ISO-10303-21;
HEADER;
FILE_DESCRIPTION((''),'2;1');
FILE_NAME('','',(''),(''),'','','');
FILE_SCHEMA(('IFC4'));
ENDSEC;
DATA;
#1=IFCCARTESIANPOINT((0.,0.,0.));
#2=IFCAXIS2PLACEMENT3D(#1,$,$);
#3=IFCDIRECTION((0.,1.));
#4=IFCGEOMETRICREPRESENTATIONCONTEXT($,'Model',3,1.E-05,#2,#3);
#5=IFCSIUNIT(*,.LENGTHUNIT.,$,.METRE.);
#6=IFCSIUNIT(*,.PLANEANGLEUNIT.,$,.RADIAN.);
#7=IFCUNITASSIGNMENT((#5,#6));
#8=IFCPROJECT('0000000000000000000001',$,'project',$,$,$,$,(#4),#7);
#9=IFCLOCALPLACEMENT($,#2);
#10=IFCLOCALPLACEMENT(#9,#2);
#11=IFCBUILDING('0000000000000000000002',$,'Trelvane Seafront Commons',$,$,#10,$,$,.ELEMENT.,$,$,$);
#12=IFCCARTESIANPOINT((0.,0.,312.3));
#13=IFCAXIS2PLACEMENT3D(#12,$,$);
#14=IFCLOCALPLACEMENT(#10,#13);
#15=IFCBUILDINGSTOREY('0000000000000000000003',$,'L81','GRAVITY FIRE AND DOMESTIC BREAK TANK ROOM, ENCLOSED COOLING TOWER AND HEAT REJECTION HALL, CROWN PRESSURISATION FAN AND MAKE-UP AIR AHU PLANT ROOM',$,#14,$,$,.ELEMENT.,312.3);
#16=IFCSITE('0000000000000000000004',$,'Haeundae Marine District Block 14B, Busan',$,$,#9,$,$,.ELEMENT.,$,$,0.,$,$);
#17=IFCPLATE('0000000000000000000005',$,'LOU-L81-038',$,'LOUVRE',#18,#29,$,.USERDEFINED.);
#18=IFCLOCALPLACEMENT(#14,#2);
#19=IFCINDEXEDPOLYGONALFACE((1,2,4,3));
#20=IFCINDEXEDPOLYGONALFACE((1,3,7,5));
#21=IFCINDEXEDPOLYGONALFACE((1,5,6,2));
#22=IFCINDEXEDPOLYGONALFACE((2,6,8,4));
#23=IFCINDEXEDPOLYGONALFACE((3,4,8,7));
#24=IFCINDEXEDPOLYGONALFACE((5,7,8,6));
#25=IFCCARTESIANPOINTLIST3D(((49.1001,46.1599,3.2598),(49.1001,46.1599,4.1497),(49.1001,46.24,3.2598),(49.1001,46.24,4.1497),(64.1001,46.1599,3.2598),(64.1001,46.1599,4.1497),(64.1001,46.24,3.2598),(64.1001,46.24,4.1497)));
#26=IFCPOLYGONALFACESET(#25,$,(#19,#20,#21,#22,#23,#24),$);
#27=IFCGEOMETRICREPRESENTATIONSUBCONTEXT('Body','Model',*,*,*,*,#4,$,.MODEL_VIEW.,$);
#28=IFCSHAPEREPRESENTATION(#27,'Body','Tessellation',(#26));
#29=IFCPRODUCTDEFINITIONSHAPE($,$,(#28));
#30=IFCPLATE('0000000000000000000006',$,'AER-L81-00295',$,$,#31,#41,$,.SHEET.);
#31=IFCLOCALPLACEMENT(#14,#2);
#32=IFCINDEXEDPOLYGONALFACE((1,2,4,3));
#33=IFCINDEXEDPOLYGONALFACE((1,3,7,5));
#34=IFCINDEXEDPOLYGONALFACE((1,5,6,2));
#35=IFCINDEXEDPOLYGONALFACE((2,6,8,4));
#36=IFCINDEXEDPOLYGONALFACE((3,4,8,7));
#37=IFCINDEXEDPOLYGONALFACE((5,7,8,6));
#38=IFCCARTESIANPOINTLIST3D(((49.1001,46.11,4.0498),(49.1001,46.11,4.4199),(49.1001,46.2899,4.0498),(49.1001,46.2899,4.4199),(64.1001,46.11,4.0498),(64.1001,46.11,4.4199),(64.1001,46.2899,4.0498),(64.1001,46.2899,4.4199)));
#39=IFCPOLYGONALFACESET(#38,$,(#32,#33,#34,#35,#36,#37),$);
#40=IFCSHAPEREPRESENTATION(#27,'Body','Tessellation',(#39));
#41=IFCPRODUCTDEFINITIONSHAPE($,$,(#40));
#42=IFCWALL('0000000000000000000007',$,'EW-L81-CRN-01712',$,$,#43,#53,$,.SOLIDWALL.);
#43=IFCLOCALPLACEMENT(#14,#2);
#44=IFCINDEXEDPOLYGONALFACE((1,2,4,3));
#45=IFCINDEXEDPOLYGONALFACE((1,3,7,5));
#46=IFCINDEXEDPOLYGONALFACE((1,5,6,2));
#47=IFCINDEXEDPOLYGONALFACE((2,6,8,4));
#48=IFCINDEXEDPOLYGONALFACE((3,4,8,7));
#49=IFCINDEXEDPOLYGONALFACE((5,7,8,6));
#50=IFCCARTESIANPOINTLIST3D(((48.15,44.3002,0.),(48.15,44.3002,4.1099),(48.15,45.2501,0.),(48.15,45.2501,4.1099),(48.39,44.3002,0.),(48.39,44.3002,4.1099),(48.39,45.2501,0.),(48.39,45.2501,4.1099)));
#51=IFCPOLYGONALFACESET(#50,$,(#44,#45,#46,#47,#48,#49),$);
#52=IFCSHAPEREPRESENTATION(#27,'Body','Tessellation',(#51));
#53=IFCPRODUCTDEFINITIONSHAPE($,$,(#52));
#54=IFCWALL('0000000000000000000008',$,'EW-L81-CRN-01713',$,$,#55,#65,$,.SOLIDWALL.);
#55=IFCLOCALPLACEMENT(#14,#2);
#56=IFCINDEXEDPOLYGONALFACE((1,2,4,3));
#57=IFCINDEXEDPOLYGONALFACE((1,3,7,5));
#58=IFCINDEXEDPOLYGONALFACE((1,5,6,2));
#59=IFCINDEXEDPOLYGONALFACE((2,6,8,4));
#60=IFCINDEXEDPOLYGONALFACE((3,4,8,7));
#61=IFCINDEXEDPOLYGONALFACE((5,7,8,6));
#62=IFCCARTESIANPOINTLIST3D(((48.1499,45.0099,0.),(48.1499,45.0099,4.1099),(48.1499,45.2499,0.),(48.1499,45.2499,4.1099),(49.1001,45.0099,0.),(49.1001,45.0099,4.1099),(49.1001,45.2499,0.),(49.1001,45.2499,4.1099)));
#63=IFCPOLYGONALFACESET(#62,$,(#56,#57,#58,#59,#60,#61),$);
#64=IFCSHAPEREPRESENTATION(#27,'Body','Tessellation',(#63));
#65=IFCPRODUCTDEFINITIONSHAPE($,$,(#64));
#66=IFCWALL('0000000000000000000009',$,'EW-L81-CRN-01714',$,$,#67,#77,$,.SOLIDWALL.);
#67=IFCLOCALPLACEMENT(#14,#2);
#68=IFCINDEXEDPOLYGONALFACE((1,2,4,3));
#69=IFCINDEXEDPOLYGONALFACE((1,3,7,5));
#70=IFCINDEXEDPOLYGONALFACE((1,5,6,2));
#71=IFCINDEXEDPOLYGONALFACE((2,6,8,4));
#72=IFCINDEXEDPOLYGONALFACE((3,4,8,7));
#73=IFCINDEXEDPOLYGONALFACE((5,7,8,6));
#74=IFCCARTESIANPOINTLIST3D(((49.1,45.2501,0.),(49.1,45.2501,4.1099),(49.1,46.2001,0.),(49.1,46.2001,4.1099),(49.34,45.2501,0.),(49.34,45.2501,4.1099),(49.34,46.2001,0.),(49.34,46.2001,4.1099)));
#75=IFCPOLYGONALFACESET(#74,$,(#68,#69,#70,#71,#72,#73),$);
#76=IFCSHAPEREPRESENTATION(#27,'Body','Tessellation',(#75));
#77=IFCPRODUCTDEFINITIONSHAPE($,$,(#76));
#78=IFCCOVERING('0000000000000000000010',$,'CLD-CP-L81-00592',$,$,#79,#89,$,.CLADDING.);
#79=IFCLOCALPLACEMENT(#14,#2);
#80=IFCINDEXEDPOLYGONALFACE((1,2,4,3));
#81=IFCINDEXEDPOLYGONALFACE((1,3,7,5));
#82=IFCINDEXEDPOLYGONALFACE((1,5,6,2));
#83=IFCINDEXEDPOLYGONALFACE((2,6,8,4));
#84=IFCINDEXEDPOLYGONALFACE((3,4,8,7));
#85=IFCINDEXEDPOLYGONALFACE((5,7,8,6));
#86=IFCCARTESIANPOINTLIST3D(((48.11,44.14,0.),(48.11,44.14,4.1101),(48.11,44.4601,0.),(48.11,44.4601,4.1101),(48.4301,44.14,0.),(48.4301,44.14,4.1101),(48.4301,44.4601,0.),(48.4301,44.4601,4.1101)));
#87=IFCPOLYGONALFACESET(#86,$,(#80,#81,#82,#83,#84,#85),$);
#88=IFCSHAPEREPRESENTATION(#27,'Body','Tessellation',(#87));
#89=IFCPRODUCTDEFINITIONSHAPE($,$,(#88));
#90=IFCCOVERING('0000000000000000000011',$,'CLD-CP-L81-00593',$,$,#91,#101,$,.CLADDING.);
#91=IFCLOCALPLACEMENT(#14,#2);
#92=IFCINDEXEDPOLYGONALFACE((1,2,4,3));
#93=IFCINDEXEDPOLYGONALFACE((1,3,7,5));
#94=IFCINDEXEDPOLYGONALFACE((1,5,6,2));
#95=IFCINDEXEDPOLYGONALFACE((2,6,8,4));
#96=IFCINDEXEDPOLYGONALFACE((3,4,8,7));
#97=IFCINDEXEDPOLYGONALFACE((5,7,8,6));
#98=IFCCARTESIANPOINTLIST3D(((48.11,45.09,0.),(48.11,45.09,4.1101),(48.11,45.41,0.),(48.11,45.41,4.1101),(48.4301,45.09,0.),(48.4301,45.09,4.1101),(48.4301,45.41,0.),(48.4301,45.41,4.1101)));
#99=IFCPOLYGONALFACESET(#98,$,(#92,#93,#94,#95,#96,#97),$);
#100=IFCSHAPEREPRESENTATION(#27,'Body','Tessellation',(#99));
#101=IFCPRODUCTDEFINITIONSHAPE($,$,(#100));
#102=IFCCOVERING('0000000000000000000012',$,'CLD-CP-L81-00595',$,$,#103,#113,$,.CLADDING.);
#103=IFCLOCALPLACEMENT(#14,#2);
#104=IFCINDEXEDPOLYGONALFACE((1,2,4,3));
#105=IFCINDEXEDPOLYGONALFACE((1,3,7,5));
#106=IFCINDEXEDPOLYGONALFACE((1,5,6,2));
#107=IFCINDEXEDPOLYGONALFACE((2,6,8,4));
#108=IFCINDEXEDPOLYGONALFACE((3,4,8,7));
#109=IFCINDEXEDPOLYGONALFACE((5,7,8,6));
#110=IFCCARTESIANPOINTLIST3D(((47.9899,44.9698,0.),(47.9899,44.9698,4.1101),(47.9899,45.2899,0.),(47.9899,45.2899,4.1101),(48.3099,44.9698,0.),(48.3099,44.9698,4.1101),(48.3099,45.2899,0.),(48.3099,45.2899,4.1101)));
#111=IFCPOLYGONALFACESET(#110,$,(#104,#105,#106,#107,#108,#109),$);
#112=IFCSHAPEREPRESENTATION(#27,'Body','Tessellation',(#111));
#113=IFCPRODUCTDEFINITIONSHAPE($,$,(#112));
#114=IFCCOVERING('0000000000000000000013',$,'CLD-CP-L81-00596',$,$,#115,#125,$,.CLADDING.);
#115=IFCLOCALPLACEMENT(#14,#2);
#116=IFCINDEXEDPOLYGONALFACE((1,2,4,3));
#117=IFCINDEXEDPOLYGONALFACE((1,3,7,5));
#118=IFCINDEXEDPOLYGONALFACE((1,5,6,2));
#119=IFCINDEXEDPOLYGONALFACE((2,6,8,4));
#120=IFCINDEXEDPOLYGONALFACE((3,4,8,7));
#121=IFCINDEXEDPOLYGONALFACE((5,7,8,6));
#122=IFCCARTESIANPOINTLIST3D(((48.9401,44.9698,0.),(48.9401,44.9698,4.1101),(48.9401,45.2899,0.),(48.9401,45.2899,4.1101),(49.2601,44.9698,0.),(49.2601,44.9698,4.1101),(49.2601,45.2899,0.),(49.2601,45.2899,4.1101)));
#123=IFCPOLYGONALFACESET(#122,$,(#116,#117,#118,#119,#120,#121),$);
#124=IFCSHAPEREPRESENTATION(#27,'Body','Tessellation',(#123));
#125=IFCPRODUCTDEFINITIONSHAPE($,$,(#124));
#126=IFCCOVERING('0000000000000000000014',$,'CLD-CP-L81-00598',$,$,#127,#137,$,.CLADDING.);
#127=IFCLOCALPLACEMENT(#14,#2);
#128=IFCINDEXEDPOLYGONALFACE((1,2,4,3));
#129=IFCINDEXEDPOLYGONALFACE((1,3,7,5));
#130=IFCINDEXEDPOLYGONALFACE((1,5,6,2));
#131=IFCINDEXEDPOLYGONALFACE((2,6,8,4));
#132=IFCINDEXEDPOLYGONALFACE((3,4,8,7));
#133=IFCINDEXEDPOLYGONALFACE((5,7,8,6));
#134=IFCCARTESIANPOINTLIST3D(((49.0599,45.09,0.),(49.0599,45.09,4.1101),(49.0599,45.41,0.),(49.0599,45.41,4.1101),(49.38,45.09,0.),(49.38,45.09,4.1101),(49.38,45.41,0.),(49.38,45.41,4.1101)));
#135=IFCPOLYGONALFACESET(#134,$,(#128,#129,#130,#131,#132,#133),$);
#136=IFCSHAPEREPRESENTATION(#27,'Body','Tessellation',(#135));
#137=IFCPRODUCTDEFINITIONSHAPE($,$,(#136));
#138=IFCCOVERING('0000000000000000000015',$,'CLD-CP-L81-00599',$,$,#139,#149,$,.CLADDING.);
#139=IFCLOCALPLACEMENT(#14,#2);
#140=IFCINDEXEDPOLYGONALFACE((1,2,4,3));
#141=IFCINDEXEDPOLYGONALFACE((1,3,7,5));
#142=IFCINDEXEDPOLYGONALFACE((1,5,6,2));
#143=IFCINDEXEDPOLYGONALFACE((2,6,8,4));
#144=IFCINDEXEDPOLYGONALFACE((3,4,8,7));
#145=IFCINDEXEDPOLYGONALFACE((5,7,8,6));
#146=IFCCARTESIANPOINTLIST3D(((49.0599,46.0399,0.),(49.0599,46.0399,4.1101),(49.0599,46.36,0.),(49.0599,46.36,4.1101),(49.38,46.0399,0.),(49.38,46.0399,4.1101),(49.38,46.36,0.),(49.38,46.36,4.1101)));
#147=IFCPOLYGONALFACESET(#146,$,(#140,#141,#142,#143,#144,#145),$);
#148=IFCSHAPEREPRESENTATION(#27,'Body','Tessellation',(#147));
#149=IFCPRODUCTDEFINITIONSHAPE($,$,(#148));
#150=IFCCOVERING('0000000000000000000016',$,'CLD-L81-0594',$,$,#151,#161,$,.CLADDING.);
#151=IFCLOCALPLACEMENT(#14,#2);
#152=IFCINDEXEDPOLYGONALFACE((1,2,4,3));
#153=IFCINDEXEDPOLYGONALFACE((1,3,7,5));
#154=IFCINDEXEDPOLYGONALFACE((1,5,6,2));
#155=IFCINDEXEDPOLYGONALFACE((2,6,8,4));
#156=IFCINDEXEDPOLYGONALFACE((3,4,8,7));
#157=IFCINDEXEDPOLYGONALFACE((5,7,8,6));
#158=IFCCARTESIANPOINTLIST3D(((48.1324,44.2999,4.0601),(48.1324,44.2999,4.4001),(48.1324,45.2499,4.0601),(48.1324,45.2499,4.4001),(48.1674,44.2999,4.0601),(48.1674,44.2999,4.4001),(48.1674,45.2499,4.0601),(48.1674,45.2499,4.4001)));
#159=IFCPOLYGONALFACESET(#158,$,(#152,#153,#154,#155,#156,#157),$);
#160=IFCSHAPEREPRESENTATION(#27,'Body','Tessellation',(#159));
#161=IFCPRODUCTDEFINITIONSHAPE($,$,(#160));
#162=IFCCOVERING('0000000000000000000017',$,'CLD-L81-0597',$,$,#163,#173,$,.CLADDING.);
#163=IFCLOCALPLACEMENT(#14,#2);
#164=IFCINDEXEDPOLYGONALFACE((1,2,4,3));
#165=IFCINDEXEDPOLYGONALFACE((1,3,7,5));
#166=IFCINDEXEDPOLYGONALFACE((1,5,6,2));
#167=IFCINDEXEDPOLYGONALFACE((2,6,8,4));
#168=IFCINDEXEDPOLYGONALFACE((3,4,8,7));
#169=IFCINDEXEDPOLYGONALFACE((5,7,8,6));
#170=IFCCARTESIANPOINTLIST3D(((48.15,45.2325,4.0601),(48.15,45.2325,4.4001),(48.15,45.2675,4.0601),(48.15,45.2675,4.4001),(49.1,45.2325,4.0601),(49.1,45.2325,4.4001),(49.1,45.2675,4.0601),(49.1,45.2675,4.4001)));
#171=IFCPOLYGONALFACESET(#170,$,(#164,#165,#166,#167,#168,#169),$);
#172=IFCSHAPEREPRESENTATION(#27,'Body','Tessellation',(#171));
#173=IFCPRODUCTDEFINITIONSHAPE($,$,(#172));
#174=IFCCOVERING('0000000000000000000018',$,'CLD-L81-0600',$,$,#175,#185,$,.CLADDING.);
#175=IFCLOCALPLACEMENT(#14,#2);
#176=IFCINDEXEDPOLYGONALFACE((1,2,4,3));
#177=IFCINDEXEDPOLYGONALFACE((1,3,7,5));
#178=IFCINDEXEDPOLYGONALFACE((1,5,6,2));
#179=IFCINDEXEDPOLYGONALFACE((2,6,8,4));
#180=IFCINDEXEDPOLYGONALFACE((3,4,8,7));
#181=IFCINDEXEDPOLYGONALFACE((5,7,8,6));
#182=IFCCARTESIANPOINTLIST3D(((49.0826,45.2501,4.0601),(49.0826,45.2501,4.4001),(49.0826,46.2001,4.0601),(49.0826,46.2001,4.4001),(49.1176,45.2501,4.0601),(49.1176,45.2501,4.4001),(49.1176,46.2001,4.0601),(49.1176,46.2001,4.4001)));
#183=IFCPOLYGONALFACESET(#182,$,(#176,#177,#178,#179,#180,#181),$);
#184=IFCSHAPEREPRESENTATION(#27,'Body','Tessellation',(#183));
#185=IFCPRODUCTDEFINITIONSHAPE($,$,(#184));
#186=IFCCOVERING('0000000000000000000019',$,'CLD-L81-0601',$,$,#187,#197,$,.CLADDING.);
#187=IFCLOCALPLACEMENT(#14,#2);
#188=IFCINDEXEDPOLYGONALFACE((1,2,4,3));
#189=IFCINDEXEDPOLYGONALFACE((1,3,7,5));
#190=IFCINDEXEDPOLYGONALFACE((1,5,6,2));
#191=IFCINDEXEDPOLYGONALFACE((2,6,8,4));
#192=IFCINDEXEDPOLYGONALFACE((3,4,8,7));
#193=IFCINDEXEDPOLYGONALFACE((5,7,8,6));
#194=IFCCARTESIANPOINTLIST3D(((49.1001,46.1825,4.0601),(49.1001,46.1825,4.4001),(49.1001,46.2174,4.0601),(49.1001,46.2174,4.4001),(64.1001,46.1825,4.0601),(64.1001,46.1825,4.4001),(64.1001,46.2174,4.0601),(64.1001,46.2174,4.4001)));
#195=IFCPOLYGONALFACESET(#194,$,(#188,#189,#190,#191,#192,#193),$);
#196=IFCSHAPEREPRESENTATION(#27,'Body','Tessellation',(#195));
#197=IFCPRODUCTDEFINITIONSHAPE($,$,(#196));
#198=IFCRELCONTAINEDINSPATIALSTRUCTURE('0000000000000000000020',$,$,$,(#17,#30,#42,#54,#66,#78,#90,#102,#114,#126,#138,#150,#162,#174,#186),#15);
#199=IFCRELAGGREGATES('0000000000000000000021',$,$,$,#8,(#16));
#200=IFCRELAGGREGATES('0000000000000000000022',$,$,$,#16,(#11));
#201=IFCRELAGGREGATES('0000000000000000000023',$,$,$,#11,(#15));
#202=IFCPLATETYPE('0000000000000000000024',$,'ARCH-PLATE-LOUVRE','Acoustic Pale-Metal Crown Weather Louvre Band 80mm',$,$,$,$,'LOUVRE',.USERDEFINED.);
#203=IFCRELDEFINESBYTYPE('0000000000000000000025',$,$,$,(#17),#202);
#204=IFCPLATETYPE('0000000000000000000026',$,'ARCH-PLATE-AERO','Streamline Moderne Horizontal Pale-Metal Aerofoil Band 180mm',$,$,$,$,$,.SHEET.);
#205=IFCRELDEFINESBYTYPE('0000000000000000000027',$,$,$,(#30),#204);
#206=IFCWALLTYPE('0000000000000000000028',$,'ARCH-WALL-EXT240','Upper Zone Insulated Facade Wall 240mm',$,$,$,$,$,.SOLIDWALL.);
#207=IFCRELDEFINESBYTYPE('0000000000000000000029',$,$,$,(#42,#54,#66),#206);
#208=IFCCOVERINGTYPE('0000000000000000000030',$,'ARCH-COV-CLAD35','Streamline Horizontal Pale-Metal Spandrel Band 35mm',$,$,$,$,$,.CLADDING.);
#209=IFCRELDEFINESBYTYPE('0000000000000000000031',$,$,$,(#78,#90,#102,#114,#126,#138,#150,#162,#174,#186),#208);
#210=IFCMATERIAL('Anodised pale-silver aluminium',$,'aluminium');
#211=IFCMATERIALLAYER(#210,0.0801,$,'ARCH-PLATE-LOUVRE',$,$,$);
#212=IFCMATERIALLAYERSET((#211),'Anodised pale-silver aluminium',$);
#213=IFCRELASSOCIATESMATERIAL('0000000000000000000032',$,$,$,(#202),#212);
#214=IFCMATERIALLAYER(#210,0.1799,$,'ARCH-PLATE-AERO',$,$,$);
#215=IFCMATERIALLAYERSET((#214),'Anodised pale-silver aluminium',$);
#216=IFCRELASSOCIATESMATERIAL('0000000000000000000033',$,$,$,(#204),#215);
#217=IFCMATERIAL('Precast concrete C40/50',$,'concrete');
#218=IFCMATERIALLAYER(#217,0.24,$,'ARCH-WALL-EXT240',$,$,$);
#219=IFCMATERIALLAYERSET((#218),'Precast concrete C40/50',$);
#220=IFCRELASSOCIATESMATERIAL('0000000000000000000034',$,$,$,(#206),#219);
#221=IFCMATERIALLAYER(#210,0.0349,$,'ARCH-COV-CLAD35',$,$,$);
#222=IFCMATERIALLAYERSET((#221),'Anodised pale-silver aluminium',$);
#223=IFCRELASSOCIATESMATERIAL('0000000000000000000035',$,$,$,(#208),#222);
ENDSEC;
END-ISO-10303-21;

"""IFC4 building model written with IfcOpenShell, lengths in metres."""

from ifc_helpers import new_model, si_unit, direction, frame, frame_2d, origin, origin_2d, place, context, subcontext, project, spatial, rectangle, extrude, source, transform, mapped, material, layer, layer_set, type_object, element, save


model = new_model("IFC4")

# Units and contexts
model_context = context("Model", 3, precision=1e-05, world=origin(), true_north=direction((0.0, 1.0)))
body_context = subcontext(model_context, "Body", "Model", "MODEL_VIEW")
ifc_project = project(units=[si_unit("LENGTHUNIT", "METRE"), si_unit("PLANEANGLEUNIT", "RADIAN")], contexts=[model_context])

# Site, building, storey
site_placement = place(None, origin())
site = spatial("IfcSite", under=ifc_project, at=site_placement, Name="Haeundae Marine District Block 14B, Busan", CompositionType="ELEMENT", RefElevation=0.0)
building_placement = place(site_placement, origin())
building = spatial("IfcBuilding", under=site, at=building_placement, Name="Trelvane Seafront Commons", CompositionType="ELEMENT")
storey_placement = place(building_placement, frame((0.0, 0.0, 312.3)))
storey = spatial("IfcBuildingStorey", under=building, at=storey_placement, Name="L81", Description="GRAVITY FIRE AND DOMESTIC BREAK TANK ROOM, ENCLOSED COOLING TOWER AND HEAT REJECTION HALL, CROWN PRESSURISATION FAN AND MAKE-UP AIR AHU PLANT ROOM", CompositionType="ELEMENT", Elevation=312.3)

# Shared definitions
ifc_material_1 = material(Name="Anodised pale-silver aluminium", Category="aluminium")

# Plates
ifc_layer_1 = layer(ifc_material_1, 0.0801, Name="ARCH-PLATE-LOUVRE")
ifc_layer_set_1 = layer_set([ifc_layer_1], Name="Anodised pale-silver aluminium")
plate_type_1 = type_object("IfcPlateType", Name="ARCH-PLATE-LOUVRE", Description="Acoustic Pale-Metal Crown Weather Louvre Band 80mm", ElementType="LOUVRE", PredefinedType="USERDEFINED", material=ifc_layer_set_1)
shared_shape_1 = source(origin(), body_context, "Body", "SweptSolid", [
    extrude(rectangle(XDim=15.0, YDim=0.0801, at=origin_2d()), origin(), (0.0, 0.0, 1.0), 0.8899),
])
plate_1_placement = place(storey_placement, frame((56.6001, 46.2, 3.2598), z_axis=(0.0, 0.0, 1.0), x_axis=(1.0, 0.0, 0.0)))
element("IfcPlate", 1, at=plate_1_placement, inside=storey, type_object=plate_type_1, Name="LOU-L81-038", ObjectType="LOUVRE", PredefinedType="USERDEFINED", context=body_context, shape_type="MappedRepresentation", body=[
    mapped(shared_shape_1, transform((0.0, 0.0, 0.0), x_axis=(1.0, 0.0, 0.0), y_axis=(0.0, 1.0, 0.0), z_axis=(0.0, 0.0, 1.0), scale=1.0)),
])
ifc_layer_2 = layer(ifc_material_1, 0.1799, Name="ARCH-PLATE-AERO")
ifc_layer_set_2 = layer_set([ifc_layer_2], Name="Anodised pale-silver aluminium")
plate_type_2 = type_object("IfcPlateType", Name="ARCH-PLATE-AERO", Description="Streamline Moderne Horizontal Pale-Metal Aerofoil Band 180mm", PredefinedType="SHEET", material=ifc_layer_set_2)
shared_shape_2 = source(origin(), body_context, "Body", "SweptSolid", [
    extrude(rectangle(XDim=15.0, YDim=0.1799, at=origin_2d()), origin(), (0.0, 0.0, 1.0), 0.3701),
])
plate_2_placement = place(storey_placement, frame((56.6001, 46.2, 4.0498), z_axis=(0.0, 0.0, 1.0), x_axis=(1.0, 0.0, 0.0)))
element("IfcPlate", 2, at=plate_2_placement, inside=storey, type_object=plate_type_2, Name="AER-L81-00295", PredefinedType="SHEET", context=body_context, shape_type="MappedRepresentation", body=[
    mapped(shared_shape_2, transform((0.0, 0.0, 0.0), x_axis=(1.0, 0.0, 0.0), y_axis=(0.0, 1.0, 0.0), z_axis=(0.0, 0.0, 1.0), scale=1.0)),
])

# Walls
ifc_material_2 = material(Name="Precast concrete C40/50", Category="concrete")
ifc_layer_3 = layer(ifc_material_2, 0.24, Name="ARCH-WALL-EXT240")
ifc_layer_set_3 = layer_set([ifc_layer_3], Name="Precast concrete C40/50")
wall_type = type_object("IfcWallType", Name="ARCH-WALL-EXT240", Description="Upper Zone Insulated Facade Wall 240mm", PredefinedType="SOLIDWALL", material=ifc_layer_set_3)
wall_1_placement = place(storey_placement, frame((48.27, 44.3, 0.0), z_axis=(0.0, 0.0, 1.0), x_axis=(0.0, 1.0, 0.0)))
element("IfcWall", 3, at=wall_1_placement, inside=storey, type_object=wall_type, Name="EW-L81-CRN-01712", PredefinedType="SOLIDWALL", context=body_context, shape_type="SweptSolid", body=[
    extrude(rectangle(XDim=0.95, YDim=0.24, at=frame_2d((0.4751, 0.0))), origin(), (0.0, 0.0, 1.0), 4.1099),
])
wall_2_placement = place(storey_placement, frame((48.1499, 45.1299, 0.0), z_axis=(0.0, 0.0, 1.0), x_axis=(1.0, 0.0, 0.0)))
element("IfcWall", 4, at=wall_2_placement, inside=storey, type_object=wall_type, Name="EW-L81-CRN-01713", PredefinedType="SOLIDWALL", context=body_context, shape_type="SweptSolid", body=[
    extrude(rectangle(XDim=0.9502, YDim=0.24, at=frame_2d((0.4751, 0.0))), origin(), (0.0, 0.0, 1.0), 4.1099),
])
wall_3_placement = place(storey_placement, frame((49.22, 45.25, 0.0), z_axis=(0.0, 0.0, 1.0), x_axis=(0.0, 1.0, 0.0)))
element("IfcWall", 5, at=wall_3_placement, inside=storey, type_object=wall_type, Name="EW-L81-CRN-01714", PredefinedType="SOLIDWALL", context=body_context, shape_type="SweptSolid", body=[
    extrude(rectangle(XDim=0.95, YDim=0.24, at=frame_2d((0.4751, 0.0))), origin(), (0.0, 0.0, 1.0), 4.1099),
])

# Coverings
ifc_layer_4 = layer(ifc_material_1, 0.0349, Name="ARCH-COV-CLAD35")
ifc_layer_set_4 = layer_set([ifc_layer_4], Name="Anodised pale-silver aluminium")
covering_type = type_object("IfcCoveringType", Name="ARCH-COV-CLAD35", Description="Streamline Horizontal Pale-Metal Spandrel Band 35mm", PredefinedType="CLADDING", material=ifc_layer_set_4)
shared_shape_3 = source(origin(), body_context, "Body", "SweptSolid", [
    extrude(rectangle(XDim=0.3201, YDim=0.3201, at=origin_2d()), origin(), (0.0, 0.0, 1.0), 4.1101),
])
for number, where, z_axis, x_axis, name in (
    (6, (48.27, 44.3, 0.0), (0.0, 0.0, 1.0), (1.0, 0.0, 0.0), "CLD-CP-L81-00592"),
    (7, (48.27, 45.25, 0.0), (0.0, 0.0, 1.0), (1.0, 0.0, 0.0), "CLD-CP-L81-00593"),
    (8, (48.1499, 45.1299, 0.0), (0.0, 0.0, 1.0), (1.0, 0.0, 0.0), "CLD-CP-L81-00595"),
    (9, (49.1001, 45.1299, 0.0), (0.0, 0.0, 1.0), (1.0, 0.0, 0.0), "CLD-CP-L81-00596"),
    (10, (49.22, 45.25, 0.0), (0.0, 0.0, 1.0), (1.0, 0.0, 0.0), "CLD-CP-L81-00598"),
    (11, (49.22, 46.2, 0.0), (0.0, 0.0, 1.0), (1.0, 0.0, 0.0), "CLD-CP-L81-00599"),
):
    element("IfcCovering", number, at=place(storey_placement, frame(where, z_axis=z_axis, x_axis=x_axis)), inside=storey, type_object=covering_type, Name=name, PredefinedType="CLADDING", context=body_context, shape_type="MappedRepresentation", body=[
        mapped(shared_shape_3, transform((0.0, 0.0, 0.0), x_axis=(1.0, 0.0, 0.0), y_axis=(0.0, 1.0, 0.0), z_axis=(0.0, 0.0, 1.0), scale=1.0)),
    ])
shared_shape_4 = source(origin(), body_context, "Body", "SweptSolid", [
    extrude(rectangle(XDim=0.95, YDim=0.0349, at=origin_2d()), origin(), (0.0, 0.0, 1.0), 0.3401),
])
for number, where, z_axis, x_axis, name in (
    (12, (48.1499, 44.7749, 4.0601), (0.0, 0.0, 1.0), (0.0, 1.0, 0.0), "CLD-L81-0594"),
    (13, (48.625, 45.25, 4.0601), (0.0, 0.0, 1.0), (1.0, 0.0, 0.0), "CLD-L81-0597"),
    (14, (49.1001, 45.7251, 4.0601), (0.0, 0.0, 1.0), (0.0, 1.0, 0.0), "CLD-L81-0600"),
):
    element("IfcCovering", number, at=place(storey_placement, frame(where, z_axis=z_axis, x_axis=x_axis)), inside=storey, type_object=covering_type, Name=name, PredefinedType="CLADDING", context=body_context, shape_type="MappedRepresentation", body=[
        mapped(shared_shape_4, transform((0.0, 0.0, 0.0), x_axis=(1.0, 0.0, 0.0), y_axis=(0.0, 1.0, 0.0), z_axis=(0.0, 0.0, 1.0), scale=1.0)),
    ])
shared_shape_5 = source(origin(), body_context, "Body", "SweptSolid", [
    extrude(rectangle(XDim=15.0, YDim=0.0349, at=origin_2d()), origin(), (0.0, 0.0, 1.0), 0.3401),
])
covering_placement = place(storey_placement, frame((56.6001, 46.2, 4.0601), z_axis=(0.0, 0.0, 1.0), x_axis=(1.0, 0.0, 0.0)))
element("IfcCovering", 15, at=covering_placement, inside=storey, type_object=covering_type, Name="CLD-L81-0601", PredefinedType="CLADDING", context=body_context, shape_type="MappedRepresentation", body=[
    mapped(shared_shape_5, transform((0.0, 0.0, 0.0), x_axis=(1.0, 0.0, 0.0), y_axis=(0.0, 1.0, 0.0), z_axis=(0.0, 0.0, 1.0), scale=1.0)),
])

save(model, "model.ifc")
